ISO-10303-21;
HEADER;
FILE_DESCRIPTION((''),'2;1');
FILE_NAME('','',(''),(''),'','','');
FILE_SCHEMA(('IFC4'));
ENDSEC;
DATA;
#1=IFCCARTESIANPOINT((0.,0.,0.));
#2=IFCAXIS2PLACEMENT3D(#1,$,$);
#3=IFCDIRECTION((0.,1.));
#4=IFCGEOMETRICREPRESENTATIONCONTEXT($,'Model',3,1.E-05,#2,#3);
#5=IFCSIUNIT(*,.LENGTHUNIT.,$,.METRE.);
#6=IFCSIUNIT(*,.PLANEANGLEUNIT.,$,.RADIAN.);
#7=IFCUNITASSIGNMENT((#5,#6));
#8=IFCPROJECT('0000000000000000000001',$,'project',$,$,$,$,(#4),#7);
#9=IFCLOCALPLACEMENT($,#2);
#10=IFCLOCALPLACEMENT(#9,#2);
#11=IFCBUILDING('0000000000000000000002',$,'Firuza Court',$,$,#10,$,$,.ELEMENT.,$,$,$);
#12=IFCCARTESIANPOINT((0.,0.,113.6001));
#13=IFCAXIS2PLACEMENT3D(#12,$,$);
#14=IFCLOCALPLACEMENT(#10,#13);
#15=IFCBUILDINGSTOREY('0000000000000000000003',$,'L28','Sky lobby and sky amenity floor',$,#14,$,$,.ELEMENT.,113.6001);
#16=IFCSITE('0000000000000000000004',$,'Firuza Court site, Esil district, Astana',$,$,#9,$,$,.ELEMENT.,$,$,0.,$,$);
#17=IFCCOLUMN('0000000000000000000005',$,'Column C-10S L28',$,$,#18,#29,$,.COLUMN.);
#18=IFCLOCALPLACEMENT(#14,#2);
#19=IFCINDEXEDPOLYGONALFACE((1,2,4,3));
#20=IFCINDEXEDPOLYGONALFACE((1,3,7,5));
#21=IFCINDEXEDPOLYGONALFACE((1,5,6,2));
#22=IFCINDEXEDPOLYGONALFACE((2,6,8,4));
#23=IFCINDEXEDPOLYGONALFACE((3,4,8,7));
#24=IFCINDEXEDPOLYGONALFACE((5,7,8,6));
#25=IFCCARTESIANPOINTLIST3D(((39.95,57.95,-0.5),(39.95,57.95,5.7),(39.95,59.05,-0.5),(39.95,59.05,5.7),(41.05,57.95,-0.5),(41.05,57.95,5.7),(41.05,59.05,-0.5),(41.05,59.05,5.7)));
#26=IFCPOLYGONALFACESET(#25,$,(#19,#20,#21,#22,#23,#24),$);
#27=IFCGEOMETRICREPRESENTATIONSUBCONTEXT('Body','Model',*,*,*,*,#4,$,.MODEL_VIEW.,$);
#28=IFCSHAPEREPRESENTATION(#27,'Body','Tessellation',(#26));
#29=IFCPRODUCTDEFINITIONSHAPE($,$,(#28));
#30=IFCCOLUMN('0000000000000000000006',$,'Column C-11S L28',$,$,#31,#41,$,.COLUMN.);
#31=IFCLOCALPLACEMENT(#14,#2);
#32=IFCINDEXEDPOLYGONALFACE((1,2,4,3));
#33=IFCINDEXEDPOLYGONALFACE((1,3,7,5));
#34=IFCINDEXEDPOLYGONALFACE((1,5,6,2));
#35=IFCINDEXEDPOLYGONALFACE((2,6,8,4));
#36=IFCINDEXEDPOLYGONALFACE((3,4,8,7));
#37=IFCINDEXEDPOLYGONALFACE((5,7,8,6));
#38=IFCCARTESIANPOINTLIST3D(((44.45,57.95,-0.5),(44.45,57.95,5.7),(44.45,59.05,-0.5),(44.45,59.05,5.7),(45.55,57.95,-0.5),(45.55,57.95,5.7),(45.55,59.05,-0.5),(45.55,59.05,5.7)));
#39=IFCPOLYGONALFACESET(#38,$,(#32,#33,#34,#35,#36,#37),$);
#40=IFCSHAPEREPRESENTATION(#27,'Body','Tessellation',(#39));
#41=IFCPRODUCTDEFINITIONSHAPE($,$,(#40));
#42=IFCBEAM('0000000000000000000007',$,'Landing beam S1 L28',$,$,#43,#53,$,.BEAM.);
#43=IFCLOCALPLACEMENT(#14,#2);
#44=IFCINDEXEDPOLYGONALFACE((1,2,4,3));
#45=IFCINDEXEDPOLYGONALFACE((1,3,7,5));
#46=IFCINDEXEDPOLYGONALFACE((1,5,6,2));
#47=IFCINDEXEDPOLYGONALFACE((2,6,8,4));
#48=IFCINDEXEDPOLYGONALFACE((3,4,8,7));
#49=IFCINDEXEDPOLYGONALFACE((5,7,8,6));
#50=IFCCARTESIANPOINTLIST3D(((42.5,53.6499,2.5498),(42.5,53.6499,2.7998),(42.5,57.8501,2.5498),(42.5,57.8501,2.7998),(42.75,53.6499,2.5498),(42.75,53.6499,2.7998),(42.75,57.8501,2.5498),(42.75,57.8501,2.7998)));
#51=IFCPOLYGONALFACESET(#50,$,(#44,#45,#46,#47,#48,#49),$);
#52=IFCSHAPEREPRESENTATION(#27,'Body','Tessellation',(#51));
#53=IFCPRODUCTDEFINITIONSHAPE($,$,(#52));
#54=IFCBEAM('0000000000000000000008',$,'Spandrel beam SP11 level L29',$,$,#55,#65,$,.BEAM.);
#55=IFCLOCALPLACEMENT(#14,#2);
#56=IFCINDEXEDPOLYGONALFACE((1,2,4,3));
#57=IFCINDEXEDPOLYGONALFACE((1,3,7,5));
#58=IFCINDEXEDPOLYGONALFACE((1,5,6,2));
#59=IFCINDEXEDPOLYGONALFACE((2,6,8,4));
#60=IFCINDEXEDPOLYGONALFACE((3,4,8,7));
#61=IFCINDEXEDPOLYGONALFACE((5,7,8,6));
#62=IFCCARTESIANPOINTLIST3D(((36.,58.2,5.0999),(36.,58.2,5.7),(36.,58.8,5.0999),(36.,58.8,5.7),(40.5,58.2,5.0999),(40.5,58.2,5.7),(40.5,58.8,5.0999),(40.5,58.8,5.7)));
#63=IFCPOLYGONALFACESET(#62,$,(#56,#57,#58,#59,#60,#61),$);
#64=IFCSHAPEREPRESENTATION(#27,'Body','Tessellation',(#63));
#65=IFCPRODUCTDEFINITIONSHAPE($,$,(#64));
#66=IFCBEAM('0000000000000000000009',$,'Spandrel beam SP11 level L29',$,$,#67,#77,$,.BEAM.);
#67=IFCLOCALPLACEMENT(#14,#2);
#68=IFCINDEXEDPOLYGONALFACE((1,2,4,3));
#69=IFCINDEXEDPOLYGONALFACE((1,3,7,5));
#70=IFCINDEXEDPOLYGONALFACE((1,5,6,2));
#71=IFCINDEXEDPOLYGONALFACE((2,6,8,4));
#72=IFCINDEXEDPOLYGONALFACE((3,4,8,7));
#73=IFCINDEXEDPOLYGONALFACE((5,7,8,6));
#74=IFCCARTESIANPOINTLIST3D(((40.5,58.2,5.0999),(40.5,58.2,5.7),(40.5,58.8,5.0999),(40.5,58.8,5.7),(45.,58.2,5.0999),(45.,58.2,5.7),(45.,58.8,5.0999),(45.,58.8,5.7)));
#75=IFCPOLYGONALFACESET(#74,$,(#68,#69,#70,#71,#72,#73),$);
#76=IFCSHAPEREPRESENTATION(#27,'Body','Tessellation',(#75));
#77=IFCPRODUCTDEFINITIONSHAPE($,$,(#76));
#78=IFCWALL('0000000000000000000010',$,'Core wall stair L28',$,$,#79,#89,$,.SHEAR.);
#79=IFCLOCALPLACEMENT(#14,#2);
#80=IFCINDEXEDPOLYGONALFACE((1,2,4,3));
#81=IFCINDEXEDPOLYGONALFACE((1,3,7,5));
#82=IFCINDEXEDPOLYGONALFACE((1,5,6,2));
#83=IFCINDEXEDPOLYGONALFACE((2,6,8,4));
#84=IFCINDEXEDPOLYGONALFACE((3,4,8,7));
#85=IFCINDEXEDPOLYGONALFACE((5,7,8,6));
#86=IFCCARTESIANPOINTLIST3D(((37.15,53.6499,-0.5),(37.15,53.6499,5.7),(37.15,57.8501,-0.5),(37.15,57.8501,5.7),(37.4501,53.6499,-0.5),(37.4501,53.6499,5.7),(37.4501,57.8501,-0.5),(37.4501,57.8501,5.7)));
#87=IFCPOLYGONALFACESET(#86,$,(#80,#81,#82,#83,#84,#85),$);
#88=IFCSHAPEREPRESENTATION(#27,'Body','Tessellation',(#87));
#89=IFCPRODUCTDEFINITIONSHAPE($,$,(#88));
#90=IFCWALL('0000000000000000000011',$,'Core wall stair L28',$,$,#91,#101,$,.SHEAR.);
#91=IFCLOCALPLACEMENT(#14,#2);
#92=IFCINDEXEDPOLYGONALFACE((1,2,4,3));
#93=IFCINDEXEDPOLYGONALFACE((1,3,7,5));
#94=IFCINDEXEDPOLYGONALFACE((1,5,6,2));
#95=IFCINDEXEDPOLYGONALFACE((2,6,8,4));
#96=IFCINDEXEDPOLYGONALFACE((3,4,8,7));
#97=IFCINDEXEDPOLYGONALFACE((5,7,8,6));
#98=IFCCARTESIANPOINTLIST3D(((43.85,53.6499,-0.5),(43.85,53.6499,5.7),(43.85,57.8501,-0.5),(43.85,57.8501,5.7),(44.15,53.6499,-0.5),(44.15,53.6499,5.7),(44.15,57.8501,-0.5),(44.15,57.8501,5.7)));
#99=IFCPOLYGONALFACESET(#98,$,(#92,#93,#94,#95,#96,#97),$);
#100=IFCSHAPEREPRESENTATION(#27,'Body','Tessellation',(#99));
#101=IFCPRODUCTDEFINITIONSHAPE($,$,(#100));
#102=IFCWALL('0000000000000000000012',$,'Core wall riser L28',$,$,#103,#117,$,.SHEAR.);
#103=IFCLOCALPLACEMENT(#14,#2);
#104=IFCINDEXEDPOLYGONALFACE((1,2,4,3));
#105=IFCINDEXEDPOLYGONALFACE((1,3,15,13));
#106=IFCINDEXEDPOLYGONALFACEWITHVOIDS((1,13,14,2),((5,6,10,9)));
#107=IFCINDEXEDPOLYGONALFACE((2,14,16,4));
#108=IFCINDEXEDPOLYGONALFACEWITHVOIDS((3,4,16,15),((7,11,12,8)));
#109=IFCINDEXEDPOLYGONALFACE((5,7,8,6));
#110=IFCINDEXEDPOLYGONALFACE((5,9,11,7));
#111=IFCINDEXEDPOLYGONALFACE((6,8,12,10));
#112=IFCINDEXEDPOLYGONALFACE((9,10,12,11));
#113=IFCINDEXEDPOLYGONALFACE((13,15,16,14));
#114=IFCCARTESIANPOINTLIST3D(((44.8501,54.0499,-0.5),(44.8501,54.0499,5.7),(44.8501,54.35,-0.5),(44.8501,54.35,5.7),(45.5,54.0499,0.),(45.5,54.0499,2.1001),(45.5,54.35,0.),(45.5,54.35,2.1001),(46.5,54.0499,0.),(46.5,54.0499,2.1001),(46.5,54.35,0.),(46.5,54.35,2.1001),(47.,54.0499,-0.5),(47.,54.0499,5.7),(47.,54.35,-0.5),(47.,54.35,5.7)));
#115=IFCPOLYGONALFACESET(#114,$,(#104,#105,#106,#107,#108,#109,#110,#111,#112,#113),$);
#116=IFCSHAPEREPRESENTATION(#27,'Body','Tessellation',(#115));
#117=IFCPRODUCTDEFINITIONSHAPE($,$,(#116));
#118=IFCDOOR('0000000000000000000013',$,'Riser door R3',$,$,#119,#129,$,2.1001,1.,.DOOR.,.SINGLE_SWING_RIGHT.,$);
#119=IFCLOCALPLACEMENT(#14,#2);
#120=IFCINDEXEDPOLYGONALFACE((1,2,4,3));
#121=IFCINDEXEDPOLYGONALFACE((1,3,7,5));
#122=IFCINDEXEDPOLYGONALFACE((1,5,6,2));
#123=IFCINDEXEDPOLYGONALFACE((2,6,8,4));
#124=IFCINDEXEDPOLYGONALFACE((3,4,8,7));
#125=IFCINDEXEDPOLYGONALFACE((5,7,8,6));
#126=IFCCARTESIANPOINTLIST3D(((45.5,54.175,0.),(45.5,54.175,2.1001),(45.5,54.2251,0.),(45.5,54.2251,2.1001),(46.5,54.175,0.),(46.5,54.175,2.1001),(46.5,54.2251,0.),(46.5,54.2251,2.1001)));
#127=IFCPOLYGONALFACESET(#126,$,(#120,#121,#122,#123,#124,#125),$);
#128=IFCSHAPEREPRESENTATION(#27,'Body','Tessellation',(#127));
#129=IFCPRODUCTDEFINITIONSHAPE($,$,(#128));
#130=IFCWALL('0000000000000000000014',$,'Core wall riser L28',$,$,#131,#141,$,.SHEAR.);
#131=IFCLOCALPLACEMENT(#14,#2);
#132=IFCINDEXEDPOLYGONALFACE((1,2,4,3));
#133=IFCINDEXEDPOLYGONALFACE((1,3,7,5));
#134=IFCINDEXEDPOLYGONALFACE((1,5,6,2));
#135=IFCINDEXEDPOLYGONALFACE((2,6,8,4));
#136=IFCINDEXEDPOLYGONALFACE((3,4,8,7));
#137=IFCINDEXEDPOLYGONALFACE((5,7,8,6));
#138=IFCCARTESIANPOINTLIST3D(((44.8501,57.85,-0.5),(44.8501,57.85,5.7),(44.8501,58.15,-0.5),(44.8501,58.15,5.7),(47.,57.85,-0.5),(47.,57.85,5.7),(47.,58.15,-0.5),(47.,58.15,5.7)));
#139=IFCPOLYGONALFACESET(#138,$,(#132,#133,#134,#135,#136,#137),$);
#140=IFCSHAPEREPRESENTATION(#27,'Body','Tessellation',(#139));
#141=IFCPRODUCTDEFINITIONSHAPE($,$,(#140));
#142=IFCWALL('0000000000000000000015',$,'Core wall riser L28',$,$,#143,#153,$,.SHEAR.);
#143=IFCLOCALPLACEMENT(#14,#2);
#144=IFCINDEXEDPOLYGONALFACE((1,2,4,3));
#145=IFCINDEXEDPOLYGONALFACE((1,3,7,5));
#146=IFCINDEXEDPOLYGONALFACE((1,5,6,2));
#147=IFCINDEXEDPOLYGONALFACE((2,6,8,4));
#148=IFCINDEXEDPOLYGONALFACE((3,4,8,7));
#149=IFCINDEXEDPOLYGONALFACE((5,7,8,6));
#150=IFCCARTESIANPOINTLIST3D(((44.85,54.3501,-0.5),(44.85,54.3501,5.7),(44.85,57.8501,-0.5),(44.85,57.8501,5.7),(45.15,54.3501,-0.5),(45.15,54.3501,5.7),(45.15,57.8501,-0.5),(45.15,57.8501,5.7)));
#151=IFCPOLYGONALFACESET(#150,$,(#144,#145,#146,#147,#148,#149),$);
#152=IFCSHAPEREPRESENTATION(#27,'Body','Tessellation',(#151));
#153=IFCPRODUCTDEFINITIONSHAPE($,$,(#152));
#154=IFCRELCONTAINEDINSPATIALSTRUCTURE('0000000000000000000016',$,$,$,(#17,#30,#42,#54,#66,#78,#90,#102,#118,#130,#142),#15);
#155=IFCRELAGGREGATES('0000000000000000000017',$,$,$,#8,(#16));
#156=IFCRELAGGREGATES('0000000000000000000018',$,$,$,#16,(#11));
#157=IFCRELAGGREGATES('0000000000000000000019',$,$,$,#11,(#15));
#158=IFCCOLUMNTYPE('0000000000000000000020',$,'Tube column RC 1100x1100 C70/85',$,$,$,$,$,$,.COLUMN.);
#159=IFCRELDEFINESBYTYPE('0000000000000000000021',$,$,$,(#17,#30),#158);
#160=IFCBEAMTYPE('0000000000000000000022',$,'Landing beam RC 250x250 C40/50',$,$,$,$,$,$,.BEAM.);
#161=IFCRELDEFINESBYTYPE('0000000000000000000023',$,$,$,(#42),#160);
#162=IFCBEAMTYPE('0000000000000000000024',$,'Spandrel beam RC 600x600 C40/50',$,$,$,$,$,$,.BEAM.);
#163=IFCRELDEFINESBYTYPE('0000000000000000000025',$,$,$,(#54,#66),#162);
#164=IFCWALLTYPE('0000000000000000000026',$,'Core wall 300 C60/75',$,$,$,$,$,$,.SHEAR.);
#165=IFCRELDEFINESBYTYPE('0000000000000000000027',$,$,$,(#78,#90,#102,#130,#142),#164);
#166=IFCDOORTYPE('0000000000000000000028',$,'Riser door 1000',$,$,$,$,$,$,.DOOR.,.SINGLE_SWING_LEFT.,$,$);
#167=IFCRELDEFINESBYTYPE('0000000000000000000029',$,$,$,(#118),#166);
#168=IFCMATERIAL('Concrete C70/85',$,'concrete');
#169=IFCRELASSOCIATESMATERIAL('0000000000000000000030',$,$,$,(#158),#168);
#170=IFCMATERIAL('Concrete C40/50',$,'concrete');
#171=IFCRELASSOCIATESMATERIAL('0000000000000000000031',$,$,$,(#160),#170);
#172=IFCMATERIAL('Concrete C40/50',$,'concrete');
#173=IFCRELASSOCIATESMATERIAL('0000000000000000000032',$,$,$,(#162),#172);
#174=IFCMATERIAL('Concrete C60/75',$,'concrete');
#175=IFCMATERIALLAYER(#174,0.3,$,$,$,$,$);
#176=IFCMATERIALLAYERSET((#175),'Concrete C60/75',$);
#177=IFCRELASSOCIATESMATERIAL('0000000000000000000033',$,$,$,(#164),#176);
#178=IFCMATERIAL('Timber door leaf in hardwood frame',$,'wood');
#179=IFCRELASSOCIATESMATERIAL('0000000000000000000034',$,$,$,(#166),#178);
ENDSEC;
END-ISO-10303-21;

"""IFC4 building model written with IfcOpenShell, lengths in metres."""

from ifc_helpers import new_model, si_unit, direction, frame, frame_2d, origin, origin_2d, place, context, subcontext, project, spatial, rectangle, extrude, material, layer, layer_set, material_profile, profile_set, type_object, element, fill, save


model = new_model("IFC4")

# Units and contexts
model_context = context("Model", 3, precision=1e-05, world=origin(), true_north=direction((0.0, 1.0)))
body_context = subcontext(model_context, "Body", "Model", "MODEL_VIEW")
ifc_project = project(units=[si_unit("LENGTHUNIT", "METRE"), si_unit("PLANEANGLEUNIT", "RADIAN")], contexts=[model_context])

# Site, building, storey
site_placement = place(None, origin())
site = spatial("IfcSite", under=ifc_project, at=site_placement, Name="Firuza Court site, Esil district, Astana", CompositionType="ELEMENT", RefElevation=0.0)
building_placement = place(site_placement, origin())
building = spatial("IfcBuilding", under=site, at=building_placement, Name="Firuza Court", CompositionType="ELEMENT")
storey_placement = place(building_placement, frame((0.0, 0.0, 113.6001)))
storey = spatial("IfcBuildingStorey", under=building, at=storey_placement, Name="L28", Description="Sky lobby and sky amenity floor", CompositionType="ELEMENT", Elevation=113.6001)

# Columns
ifc_material_1 = material(Name="Concrete C70/85", Category="concrete")
ifc_material_profile_1 = material_profile(ifc_material_1, rectangle(XDim=1.1001, YDim=1.1001, at=origin_2d()), Name="RC 1100x1100")
ifc_profile_set_1 = profile_set([ifc_material_profile_1], Name="Concrete C70/85")
column_type = type_object("IfcColumnType", Name="Tube column RC 1100x1100 C70/85", PredefinedType="COLUMN", material=ifc_profile_set_1)
for number, where, z_axis, x_axis, name in (
    (1, (40.5, 58.5, -0.5), (0.0, 0.0, 1.0), (1.0, 0.0, 0.0), "Column C-10S L28"),
    (2, (45.0, 58.5, -0.5), (0.0, 0.0, 1.0), (1.0, 0.0, 0.0), "Column C-11S L28"),
):
    element("IfcColumn", number, at=place(storey_placement, frame(where, z_axis=z_axis, x_axis=x_axis)), inside=storey, type_object=column_type, Name=name, PredefinedType="COLUMN", context=body_context, shape_type="SweptSolid", body=[
        extrude(rectangle(XDim=1.1001, YDim=1.1001, at=origin_2d()), origin(), (0.0, 0.0, 1.0), 6.2),
    ])

# Beams
ifc_material_2 = material(Name="Concrete C40/50", Category="concrete")
ifc_material_profile_2 = material_profile(ifc_material_2, rectangle(XDim=0.25, YDim=0.25, at=origin_2d()), Name="RC 250x250")
ifc_profile_set_2 = profile_set([ifc_material_profile_2], Name="Concrete C40/50")
beam_type_1 = type_object("IfcBeamType", Name="Landing beam RC 250x250 C40/50", PredefinedType="BEAM", material=ifc_profile_set_2)
beam_placement = place(storey_placement, frame((42.625, 53.6499, 2.6748), z_axis=(0.0, 1.0, 0.0), x_axis=(-1.0, 0.0, 0.0)))
element("IfcBeam", 3, at=beam_placement, inside=storey, type_object=beam_type_1, Name="Landing beam S1 L28", PredefinedType="BEAM", context=body_context, shape_type="SweptSolid", body=[
    extrude(rectangle(XDim=0.25, YDim=0.25, at=origin_2d()), origin(), (0.0, 0.0, 1.0), 4.2002),
])
ifc_material_3 = material(Name="Concrete C40/50", Category="concrete")
ifc_material_profile_3 = material_profile(ifc_material_3, rectangle(XDim=0.6001, YDim=0.6001, at=origin_2d()), Name="RC 600x600")
ifc_profile_set_3 = profile_set([ifc_material_profile_3], Name="Concrete C40/50")
beam_type_2 = type_object("IfcBeamType", Name="Spandrel beam RC 600x600 C40/50", PredefinedType="BEAM", material=ifc_profile_set_3)
for number, where, z_axis, x_axis, name in (
    (4, (40.5, 58.5, 5.3999), (-1.0, 0.0, 0.0), (0.0, -1.0, 0.0), "Spandrel beam SP11 level L29"),
    (5, (45.0, 58.5, 5.3999), (-1.0, 0.0, 0.0), (0.0, -1.0, 0.0), "Spandrel beam SP11 level L29"),
):
    element("IfcBeam", number, at=place(storey_placement, frame(where, z_axis=z_axis, x_axis=x_axis)), inside=storey, type_object=beam_type_2, Name=name, PredefinedType="BEAM", context=body_context, shape_type="SweptSolid", body=[
        extrude(rectangle(XDim=0.6001, YDim=0.6001, at=origin_2d()), origin(), (0.0, 0.0, 1.0), 4.5),
    ])

# Walls
ifc_material_4 = material(Name="Concrete C60/75", Category="concrete")
ifc_layer_1 = layer(ifc_material_4, 0.3)
ifc_layer_set_1 = layer_set([ifc_layer_1], Name="Concrete C60/75")
wall_type_1 = type_object("IfcWallType", Name="Core wall 300 C60/75", PredefinedType="SHEAR", material=ifc_layer_set_1)
for number, where, z_axis, x_axis, name in (
    (6, (37.3, 53.6499, -0.5), (0.0, 0.0, 1.0), (0.0, 1.0, 0.0), "Core wall stair L28"),
    (7, (44.0, 53.6499, -0.5), (0.0, 0.0, 1.0), (0.0, 1.0, 0.0), "Core wall stair L28"),
):
    element("IfcWall", number, at=place(storey_placement, frame(where, z_axis=z_axis, x_axis=x_axis)), inside=storey, type_object=wall_type_1, Name=name, PredefinedType="SHEAR", context=body_context, shape_type="SweptSolid", body=[
        extrude(rectangle(XDim=4.2002, YDim=0.3, at=frame_2d((2.1001, 0.0))), origin(), (0.0, 0.0, 1.0), 6.2),
    ])

# Wall, opening, door
wall_1_placement = place(storey_placement, frame((44.8501, 54.2, -0.5), z_axis=(0.0, 0.0, 1.0), x_axis=(1.0, 0.0, 0.0)))
wall_1 = element("IfcWall", 8, at=wall_1_placement, inside=storey, type_object=wall_type_1, Name="Core wall riser L28", PredefinedType="SHEAR", context=body_context, shape_type="SweptSolid", body=[
    extrude(rectangle(XDim=2.1499, YDim=0.3, at=frame_2d((1.075, 0.0))), origin(), (0.0, 0.0, 1.0), 6.2),
])
opening_1_placement = place(wall_1_placement, frame((0.6499, 0.0, 0.5)))
opening_1 = element("IfcOpeningElement", 9, at=opening_1_placement, cuts=wall_1, PredefinedType="OPENING", context=body_context, shape_type="SweptSolid", body=[
    extrude(rectangle(XDim=1.0, YDim=2.1001, at=frame_2d((0.5, 1.05))), frame((0.0, 0.1621, 0.0), z_axis=(0.0, -1.0, 0.0), x_axis=(1.0, 0.0, 0.0)), (0.0, 0.0, 1.0), 0.324),
])
ifc_material_5 = material(Name="Timber door leaf in hardwood frame", Category="wood")
door_type_1 = type_object("IfcDoorType", Name="Riser door 1000", OperationType="SINGLE_SWING_LEFT", PredefinedType="DOOR", material=ifc_material_5)
door_1_placement = place(opening_1_placement, frame((1.0, 0.0, 0.0), z_axis=(0.0, 0.0, 1.0), x_axis=(-1.0, 0.0, 0.0)))
door_1 = element("IfcDoor", 10, at=door_1_placement, inside=storey, type_object=door_type_1, Name="Riser door R3", OperationType="SINGLE_SWING_RIGHT", OverallHeight=2.1001, OverallWidth=1.0, PredefinedType="DOOR", context=body_context, shape_type="SweptSolid", body=[
    extrude(rectangle(XDim=1.0, YDim=2.1001, at=frame_2d((0.5, 1.05))), frame((0.0, 0.0249, 0.0), z_axis=(0.0, -1.0, 0.0), x_axis=(1.0, 0.0, 0.0)), (0.0, 0.0, 1.0), 0.05),
])
fill(opening_1, door_1)

# Walls
wall_2_placement = place(storey_placement, frame((44.8501, 58.0, -0.5), z_axis=(0.0, 0.0, 1.0), x_axis=(1.0, 0.0, 0.0)))
element("IfcWall", 11, at=wall_2_placement, inside=storey, type_object=wall_type_1, Name="Core wall riser L28", PredefinedType="SHEAR", context=body_context, shape_type="SweptSolid", body=[
    extrude(rectangle(XDim=2.1499, YDim=0.3, at=frame_2d((1.075, 0.0))), origin(), (0.0, 0.0, 1.0), 6.2),
])
wall_3_placement = place(storey_placement, frame((45.0, 54.3501, -0.5), z_axis=(0.0, 0.0, 1.0), x_axis=(0.0, 1.0, 0.0)))
element("IfcWall", 12, at=wall_3_placement, inside=storey, type_object=wall_type_1, Name="Core wall riser L28", PredefinedType="SHEAR", context=body_context, shape_type="SweptSolid", body=[
    extrude(rectangle(XDim=3.5, YDim=0.3, at=frame_2d((1.75, 0.0))), origin(), (0.0, 0.0, 1.0), 6.2),
])

save(model, "model.ifc")
